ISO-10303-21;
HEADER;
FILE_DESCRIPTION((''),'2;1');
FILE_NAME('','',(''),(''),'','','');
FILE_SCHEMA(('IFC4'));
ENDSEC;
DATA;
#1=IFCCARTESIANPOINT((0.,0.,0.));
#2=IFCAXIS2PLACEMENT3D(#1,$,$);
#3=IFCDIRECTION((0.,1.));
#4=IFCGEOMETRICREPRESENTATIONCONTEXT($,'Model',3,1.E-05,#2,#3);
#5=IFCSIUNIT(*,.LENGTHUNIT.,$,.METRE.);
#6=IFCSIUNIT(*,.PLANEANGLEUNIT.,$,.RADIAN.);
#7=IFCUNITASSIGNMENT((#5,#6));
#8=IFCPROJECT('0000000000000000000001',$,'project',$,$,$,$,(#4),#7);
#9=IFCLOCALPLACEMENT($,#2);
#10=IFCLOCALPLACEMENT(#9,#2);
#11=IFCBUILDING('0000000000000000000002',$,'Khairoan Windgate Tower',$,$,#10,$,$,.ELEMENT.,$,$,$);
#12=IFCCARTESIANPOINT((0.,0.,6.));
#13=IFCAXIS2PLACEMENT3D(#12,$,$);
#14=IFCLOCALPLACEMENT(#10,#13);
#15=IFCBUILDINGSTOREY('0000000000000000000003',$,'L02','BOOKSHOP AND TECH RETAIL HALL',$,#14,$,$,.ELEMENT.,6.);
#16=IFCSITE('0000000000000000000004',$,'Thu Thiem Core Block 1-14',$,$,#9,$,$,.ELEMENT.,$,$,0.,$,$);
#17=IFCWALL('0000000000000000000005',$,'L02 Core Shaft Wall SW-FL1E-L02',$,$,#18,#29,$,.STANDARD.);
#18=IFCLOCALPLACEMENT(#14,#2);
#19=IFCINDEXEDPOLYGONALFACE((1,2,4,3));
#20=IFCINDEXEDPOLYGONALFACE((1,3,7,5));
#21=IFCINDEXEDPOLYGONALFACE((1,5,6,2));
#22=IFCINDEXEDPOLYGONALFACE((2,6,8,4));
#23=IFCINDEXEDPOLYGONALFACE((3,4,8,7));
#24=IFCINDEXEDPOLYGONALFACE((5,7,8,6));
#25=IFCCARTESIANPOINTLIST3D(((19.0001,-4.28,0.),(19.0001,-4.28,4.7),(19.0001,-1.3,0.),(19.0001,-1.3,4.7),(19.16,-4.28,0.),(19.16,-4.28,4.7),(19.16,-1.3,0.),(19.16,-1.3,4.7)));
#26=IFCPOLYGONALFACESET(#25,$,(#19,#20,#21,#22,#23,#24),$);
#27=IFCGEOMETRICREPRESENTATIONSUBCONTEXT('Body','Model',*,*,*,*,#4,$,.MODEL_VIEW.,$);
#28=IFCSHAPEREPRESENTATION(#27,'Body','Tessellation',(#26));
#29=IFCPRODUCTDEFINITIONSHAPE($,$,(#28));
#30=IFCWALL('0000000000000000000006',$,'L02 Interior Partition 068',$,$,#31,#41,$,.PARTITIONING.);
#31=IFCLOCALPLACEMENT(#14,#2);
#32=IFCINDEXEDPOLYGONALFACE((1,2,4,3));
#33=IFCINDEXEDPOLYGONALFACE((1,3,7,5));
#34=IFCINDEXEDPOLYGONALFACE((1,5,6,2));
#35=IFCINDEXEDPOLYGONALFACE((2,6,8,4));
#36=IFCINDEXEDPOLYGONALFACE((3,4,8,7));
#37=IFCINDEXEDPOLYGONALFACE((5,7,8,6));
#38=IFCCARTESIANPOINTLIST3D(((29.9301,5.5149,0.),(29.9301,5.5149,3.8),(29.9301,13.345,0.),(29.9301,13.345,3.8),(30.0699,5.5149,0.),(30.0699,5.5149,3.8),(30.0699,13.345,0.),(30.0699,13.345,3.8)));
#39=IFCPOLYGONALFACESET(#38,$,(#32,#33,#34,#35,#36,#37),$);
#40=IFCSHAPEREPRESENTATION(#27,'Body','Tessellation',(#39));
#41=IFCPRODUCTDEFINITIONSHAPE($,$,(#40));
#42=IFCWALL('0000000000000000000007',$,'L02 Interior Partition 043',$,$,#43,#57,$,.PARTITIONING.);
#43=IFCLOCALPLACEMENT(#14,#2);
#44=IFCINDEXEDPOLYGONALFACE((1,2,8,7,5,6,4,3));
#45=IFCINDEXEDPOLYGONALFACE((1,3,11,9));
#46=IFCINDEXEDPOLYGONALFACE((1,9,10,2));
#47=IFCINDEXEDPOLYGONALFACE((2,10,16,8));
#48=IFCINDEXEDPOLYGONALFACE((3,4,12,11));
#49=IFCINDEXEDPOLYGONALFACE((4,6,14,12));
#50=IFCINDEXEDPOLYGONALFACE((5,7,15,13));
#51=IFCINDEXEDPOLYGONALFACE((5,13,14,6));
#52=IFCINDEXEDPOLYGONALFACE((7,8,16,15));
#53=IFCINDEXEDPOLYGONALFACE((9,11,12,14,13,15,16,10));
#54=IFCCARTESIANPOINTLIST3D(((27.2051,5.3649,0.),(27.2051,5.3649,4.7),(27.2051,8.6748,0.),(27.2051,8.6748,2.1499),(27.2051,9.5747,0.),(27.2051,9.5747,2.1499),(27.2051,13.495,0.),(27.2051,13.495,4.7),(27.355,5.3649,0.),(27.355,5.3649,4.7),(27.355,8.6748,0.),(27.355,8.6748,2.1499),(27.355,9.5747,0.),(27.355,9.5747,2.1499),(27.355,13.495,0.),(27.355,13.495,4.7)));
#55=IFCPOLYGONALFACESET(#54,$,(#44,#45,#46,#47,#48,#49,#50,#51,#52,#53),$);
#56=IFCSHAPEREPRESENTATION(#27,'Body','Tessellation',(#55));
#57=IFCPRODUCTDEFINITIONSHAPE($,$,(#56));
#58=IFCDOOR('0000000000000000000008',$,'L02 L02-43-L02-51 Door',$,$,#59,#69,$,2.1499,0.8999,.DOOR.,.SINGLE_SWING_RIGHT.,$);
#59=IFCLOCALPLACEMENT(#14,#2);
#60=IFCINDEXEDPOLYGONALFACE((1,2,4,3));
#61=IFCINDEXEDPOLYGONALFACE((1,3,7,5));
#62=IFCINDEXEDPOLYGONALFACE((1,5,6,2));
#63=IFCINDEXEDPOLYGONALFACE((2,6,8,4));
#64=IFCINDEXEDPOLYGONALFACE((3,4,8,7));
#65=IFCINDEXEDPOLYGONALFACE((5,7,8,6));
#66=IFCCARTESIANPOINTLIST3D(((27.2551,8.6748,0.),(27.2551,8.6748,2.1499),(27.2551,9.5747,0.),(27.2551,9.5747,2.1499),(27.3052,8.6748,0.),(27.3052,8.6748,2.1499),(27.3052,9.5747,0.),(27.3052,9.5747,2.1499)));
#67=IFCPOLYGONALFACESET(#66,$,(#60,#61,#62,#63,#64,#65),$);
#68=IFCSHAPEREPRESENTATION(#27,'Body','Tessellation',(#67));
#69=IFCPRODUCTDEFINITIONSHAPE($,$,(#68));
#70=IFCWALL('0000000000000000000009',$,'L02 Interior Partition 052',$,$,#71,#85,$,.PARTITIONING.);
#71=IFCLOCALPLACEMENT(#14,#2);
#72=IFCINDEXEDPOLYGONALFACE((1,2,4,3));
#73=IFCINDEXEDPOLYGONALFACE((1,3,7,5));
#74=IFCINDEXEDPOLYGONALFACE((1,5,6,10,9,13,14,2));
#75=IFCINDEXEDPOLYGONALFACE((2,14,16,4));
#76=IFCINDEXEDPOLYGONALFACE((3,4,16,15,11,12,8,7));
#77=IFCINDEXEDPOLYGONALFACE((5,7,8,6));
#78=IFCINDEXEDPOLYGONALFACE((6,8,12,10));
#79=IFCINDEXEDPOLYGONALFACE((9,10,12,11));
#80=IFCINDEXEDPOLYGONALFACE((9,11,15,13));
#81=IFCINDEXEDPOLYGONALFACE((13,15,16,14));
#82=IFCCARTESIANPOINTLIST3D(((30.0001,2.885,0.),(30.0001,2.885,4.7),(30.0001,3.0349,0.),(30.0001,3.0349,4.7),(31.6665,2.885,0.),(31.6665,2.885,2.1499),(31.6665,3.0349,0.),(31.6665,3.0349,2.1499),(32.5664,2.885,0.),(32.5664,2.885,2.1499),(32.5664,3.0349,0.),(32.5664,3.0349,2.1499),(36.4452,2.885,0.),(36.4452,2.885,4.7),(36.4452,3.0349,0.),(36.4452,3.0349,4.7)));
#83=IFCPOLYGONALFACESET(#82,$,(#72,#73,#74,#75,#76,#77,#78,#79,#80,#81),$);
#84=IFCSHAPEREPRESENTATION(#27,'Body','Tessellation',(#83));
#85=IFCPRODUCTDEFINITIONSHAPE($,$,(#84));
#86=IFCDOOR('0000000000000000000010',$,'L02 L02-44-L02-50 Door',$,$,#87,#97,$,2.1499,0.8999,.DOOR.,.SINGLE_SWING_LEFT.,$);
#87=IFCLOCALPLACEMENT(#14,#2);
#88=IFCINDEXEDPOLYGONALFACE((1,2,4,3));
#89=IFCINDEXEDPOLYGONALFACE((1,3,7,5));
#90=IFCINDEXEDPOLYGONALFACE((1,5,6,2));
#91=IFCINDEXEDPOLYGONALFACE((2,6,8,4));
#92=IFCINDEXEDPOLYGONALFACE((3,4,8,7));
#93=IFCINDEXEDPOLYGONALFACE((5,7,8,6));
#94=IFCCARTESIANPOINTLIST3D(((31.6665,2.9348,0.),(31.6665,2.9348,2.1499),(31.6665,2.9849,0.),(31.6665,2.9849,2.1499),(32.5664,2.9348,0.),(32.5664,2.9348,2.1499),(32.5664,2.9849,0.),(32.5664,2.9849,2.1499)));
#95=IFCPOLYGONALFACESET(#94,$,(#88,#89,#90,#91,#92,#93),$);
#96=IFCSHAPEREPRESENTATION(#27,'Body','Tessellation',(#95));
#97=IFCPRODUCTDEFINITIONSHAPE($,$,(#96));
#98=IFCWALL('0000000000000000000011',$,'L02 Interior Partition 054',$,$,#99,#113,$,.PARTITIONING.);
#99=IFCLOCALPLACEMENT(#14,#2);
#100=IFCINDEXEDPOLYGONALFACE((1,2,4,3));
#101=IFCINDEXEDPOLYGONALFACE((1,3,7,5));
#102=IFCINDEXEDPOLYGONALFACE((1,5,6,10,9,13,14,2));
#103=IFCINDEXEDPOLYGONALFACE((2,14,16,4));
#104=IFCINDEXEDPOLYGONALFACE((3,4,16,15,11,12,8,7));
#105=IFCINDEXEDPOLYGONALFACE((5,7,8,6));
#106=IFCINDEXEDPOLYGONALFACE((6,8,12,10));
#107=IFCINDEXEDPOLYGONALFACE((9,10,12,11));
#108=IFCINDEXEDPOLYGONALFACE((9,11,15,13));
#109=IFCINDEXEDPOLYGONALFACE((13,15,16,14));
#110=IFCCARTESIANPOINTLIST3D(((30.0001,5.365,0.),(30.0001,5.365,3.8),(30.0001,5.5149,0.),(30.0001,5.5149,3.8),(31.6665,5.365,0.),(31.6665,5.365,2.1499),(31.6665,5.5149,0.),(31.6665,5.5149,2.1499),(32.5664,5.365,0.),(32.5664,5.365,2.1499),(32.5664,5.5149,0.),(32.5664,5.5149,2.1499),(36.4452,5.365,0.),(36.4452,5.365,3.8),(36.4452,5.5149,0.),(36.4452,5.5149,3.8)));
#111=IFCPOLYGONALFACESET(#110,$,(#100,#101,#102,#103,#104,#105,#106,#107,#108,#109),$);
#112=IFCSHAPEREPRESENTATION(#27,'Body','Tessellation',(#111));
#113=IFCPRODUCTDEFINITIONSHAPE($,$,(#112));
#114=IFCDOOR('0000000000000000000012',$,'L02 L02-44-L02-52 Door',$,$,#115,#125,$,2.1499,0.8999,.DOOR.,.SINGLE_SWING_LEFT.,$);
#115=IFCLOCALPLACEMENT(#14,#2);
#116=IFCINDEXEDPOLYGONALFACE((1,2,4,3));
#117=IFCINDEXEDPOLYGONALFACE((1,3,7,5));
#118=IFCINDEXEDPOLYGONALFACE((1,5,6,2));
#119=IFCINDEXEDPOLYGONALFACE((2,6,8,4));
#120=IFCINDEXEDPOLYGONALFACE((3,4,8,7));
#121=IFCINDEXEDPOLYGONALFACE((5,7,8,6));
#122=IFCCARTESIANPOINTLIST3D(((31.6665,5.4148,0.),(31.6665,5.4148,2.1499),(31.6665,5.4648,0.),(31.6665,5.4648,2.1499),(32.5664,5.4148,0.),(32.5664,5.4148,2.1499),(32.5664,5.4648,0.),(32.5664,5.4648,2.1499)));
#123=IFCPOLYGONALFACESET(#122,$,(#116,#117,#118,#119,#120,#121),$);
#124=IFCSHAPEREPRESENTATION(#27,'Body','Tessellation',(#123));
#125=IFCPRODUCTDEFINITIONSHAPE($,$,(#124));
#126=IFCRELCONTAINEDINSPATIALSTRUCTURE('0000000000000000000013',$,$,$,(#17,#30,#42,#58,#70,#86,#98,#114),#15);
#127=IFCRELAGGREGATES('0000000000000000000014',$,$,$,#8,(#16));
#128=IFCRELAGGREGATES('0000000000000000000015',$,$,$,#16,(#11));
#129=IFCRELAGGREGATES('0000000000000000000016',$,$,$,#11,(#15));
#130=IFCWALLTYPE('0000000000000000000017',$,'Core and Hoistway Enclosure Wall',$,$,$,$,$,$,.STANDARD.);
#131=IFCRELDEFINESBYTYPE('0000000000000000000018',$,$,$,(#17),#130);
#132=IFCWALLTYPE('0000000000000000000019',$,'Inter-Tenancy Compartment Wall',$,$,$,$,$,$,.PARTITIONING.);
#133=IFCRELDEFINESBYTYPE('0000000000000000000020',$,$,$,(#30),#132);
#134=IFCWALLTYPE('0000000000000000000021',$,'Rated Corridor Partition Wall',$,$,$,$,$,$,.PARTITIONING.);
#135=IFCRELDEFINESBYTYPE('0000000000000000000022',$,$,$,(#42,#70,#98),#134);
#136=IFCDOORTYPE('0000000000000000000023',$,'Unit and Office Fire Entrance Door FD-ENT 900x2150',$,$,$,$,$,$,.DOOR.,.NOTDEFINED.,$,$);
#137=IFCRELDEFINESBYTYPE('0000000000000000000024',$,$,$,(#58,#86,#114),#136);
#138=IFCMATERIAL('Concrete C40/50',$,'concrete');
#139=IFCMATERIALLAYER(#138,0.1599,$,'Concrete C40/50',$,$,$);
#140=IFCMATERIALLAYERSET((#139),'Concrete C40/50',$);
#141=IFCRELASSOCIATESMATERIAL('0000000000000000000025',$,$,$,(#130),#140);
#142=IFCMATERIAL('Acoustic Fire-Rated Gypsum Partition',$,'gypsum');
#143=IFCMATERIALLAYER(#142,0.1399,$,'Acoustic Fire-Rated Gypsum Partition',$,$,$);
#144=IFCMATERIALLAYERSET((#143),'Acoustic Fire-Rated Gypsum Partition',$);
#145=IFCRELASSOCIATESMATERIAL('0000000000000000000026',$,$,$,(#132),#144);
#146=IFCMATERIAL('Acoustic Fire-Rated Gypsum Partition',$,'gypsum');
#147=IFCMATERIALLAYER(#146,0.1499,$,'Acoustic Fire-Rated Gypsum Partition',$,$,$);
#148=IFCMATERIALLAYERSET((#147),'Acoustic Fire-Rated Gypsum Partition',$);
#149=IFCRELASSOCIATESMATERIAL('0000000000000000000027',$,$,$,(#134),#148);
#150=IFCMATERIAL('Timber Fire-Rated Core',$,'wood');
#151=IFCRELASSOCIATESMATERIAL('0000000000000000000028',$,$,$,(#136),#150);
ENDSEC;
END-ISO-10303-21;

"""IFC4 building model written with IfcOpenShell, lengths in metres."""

from ifc_helpers import new_model, si_unit, direction, frame, frame_2d, origin, place, context, subcontext, project, spatial, rectangle, extrude, material, layer, layer_set, type_object, element, fill, save


model = new_model("IFC4")

# Units and contexts
model_context = context("Model", 3, precision=1e-05, world=origin(), true_north=direction((0.0, 1.0)))
body_context = subcontext(model_context, "Body", "Model", "MODEL_VIEW")
ifc_project = project(units=[si_unit("LENGTHUNIT", "METRE"), si_unit("PLANEANGLEUNIT", "RADIAN")], contexts=[model_context])

# Site, building, storey
site_placement = place(None, origin())
site = spatial("IfcSite", under=ifc_project, at=site_placement, Name="Thu Thiem Core Block 1-14", CompositionType="ELEMENT", RefElevation=0.0)
building_placement = place(site_placement, origin())
building = spatial("IfcBuilding", under=site, at=building_placement, Name="Khairoan Windgate Tower", CompositionType="ELEMENT")
storey_placement = place(building_placement, frame((0.0, 0.0, 6.0)))
storey = spatial("IfcBuildingStorey", under=building, at=storey_placement, Name="L02", Description="BOOKSHOP AND TECH RETAIL HALL", CompositionType="ELEMENT", Elevation=6.0)

# Walls
ifc_material_1 = material(Name="Concrete C40/50", Category="concrete")
ifc_layer_1 = layer(ifc_material_1, 0.1599, Name="Concrete C40/50")
ifc_layer_set_1 = layer_set([ifc_layer_1], Name="Concrete C40/50")
wall_type_1 = type_object("IfcWallType", Name="Core and Hoistway Enclosure Wall", PredefinedType="STANDARD", material=ifc_layer_set_1)
wall_1_placement = place(storey_placement, frame((19.0801, -4.28, 0.0), z_axis=(0.0, 0.0, 1.0), x_axis=(0.0, 1.0, 0.0)))
element("IfcWall", 1, at=wall_1_placement, inside=storey, type_object=wall_type_1, Name="L02 Core Shaft Wall SW-FL1E-L02", PredefinedType="STANDARD", context=body_context, shape_type="SweptSolid", body=[
    extrude(rectangle(XDim=2.98, YDim=0.1599, at=frame_2d((1.49, 0.0))), origin(), (0.0, 0.0, 1.0), 4.7),
])
ifc_material_2 = material(Name="Acoustic Fire-Rated Gypsum Partition", Category="gypsum")
ifc_layer_2 = layer(ifc_material_2, 0.1399, Name="Acoustic Fire-Rated Gypsum Partition")
ifc_layer_set_2 = layer_set([ifc_layer_2], Name="Acoustic Fire-Rated Gypsum Partition")
wall_type_2 = type_object("IfcWallType", Name="Inter-Tenancy Compartment Wall", PredefinedType="PARTITIONING", material=ifc_layer_set_2)
wall_2_placement = place(storey_placement, frame((30.0, 5.5149, 0.0), z_axis=(0.0, 0.0, 1.0), x_axis=(0.0, 1.0, 0.0)))
element("IfcWall", 2, at=wall_2_placement, inside=storey, type_object=wall_type_2, Name="L02 Interior Partition 068", PredefinedType="PARTITIONING", context=body_context, shape_type="SweptSolid", body=[
    extrude(rectangle(XDim=7.8301, YDim=0.1399, at=frame_2d((3.915, 0.0))), origin(), (0.0, 0.0, 1.0), 3.8),
])

# Walls, openings, doors
ifc_material_3 = material(Name="Acoustic Fire-Rated Gypsum Partition", Category="gypsum")
ifc_layer_3 = layer(ifc_material_3, 0.1499, Name="Acoustic Fire-Rated Gypsum Partition")
ifc_layer_set_3 = layer_set([ifc_layer_3], Name="Acoustic Fire-Rated Gypsum Partition")
wall_type_3 = type_object("IfcWallType", Name="Rated Corridor Partition Wall", PredefinedType="PARTITIONING", material=ifc_layer_set_3)
wall_3_placement = place(storey_placement, frame((27.28, 5.365, 0.0), z_axis=(0.0, 0.0, 1.0), x_axis=(0.0, 1.0, 0.0)))
wall_3 = element("IfcWall", 3, at=wall_3_placement, inside=storey, type_object=wall_type_3, Name="L02 Interior Partition 043", PredefinedType="PARTITIONING", context=body_context, shape_type="SweptSolid", body=[
    extrude(rectangle(XDim=8.1301, YDim=0.1499, at=frame_2d((4.0649, 0.0))), origin(), (0.0, 0.0, 1.0), 4.7),
])
opening_1_placement = place(wall_3_placement, frame((3.3098, 0.0, 0.0)))
opening_1 = element("IfcOpeningElement", 4, at=opening_1_placement, cuts=wall_3, PredefinedType="OPENING", context=body_context, shape_type="SweptSolid", body=[
    extrude(rectangle(XDim=0.8999, YDim=2.1499, at=frame_2d((0.45, 1.075))), frame((0.0, 0.085, 0.0), z_axis=(0.0, -1.0, 0.0), x_axis=(1.0, 0.0, 0.0)), (0.0, 0.0, 1.0), 0.1699),
])
ifc_material_4 = material(Name="Timber Fire-Rated Core", Category="wood")
door_type = type_object("IfcDoorType", Name="Unit and Office Fire Entrance Door FD-ENT 900x2150", OperationType="NOTDEFINED", PredefinedType="DOOR", material=ifc_material_4)
door_1_placement = place(opening_1_placement, origin())
door_1 = element("IfcDoor", 5, at=door_1_placement, inside=storey, type_object=door_type, Name="L02 L02-43-L02-51 Door", OperationType="SINGLE_SWING_RIGHT", OverallHeight=2.1499, OverallWidth=0.8999, PredefinedType="DOOR", context=body_context, shape_type="SweptSolid", body=[
    extrude(rectangle(XDim=0.8999, YDim=2.1499, at=frame_2d((0.45, 1.075))), frame((0.0, 0.0249, 0.0), z_axis=(0.0, -1.0, 0.0), x_axis=(1.0, 0.0, 0.0)), (0.0, 0.0, 1.0), 0.05),
])
fill(opening_1, door_1)
wall_4_placement = place(storey_placement, frame((30.0, 2.96, 0.0), z_axis=(0.0, 0.0, 1.0), x_axis=(1.0, 0.0, 0.0)))
wall_4 = element("IfcWall", 6, at=wall_4_placement, inside=storey, type_object=wall_type_3, Name="L02 Interior Partition 052", PredefinedType="PARTITIONING", context=body_context, shape_type="SweptSolid", body=[
    extrude(rectangle(XDim=6.4451, YDim=0.1499, at=frame_2d((3.2227, 0.0))), origin(), (0.0, 0.0, 1.0), 4.7),
])
opening_2_placement = place(wall_4_placement, frame((1.6665, 0.0, 0.0)))
opening_2 = element("IfcOpeningElement", 7, at=opening_2_placement, cuts=wall_4, PredefinedType="OPENING", context=body_context, shape_type="SweptSolid", body=[
    extrude(rectangle(XDim=0.8999, YDim=2.1499, at=frame_2d((0.45, 1.075))), frame((0.0, 0.085, 0.0), z_axis=(0.0, -1.0, 0.0), x_axis=(1.0, 0.0, 0.0)), (0.0, 0.0, 1.0), 0.1699),
])
door_2_placement = place(opening_2_placement, origin())
door_2 = element("IfcDoor", 8, at=door_2_placement, inside=storey, type_object=door_type, Name="L02 L02-44-L02-50 Door", OperationType="SINGLE_SWING_LEFT", OverallHeight=2.1499, OverallWidth=0.8999, PredefinedType="DOOR", context=body_context, shape_type="SweptSolid", body=[
    extrude(rectangle(XDim=0.8999, YDim=2.1499, at=frame_2d((0.45, 1.075))), frame((0.0, 0.0249, 0.0), z_axis=(0.0, -1.0, 0.0), x_axis=(1.0, 0.0, 0.0)), (0.0, 0.0, 1.0), 0.05),
])
fill(opening_2, door_2)
wall_5_placement = place(storey_placement, frame((30.0, 5.4399, 0.0), z_axis=(0.0, 0.0, 1.0), x_axis=(1.0, 0.0, 0.0)))
wall_5 = element("IfcWall", 9, at=wall_5_placement, inside=storey, type_object=wall_type_3, Name="L02 Interior Partition 054", PredefinedType="PARTITIONING", context=body_context, shape_type="SweptSolid", body=[
    extrude(rectangle(XDim=6.4451, YDim=0.1499, at=frame_2d((3.2227, 0.0))), origin(), (0.0, 0.0, 1.0), 3.8),
])
opening_3_placement = place(wall_5_placement, frame((1.6665, 0.0, 0.0)))
opening_3 = element("IfcOpeningElement", 10, at=opening_3_placement, cuts=wall_5, PredefinedType="OPENING", context=body_context, shape_type="SweptSolid", body=[
    extrude(rectangle(XDim=0.8999, YDim=2.1499, at=frame_2d((0.45, 1.075))), frame((0.0, 0.085, 0.0), z_axis=(0.0, -1.0, 0.0), x_axis=(1.0, 0.0, 0.0)), (0.0, 0.0, 1.0), 0.1699),
])
door_3_placement = place(opening_3_placement, origin())
door_3 = element("IfcDoor", 11, at=door_3_placement, inside=storey, type_object=door_type, Name="L02 L02-44-L02-52 Door", OperationType="SINGLE_SWING_LEFT", OverallHeight=2.1499, OverallWidth=0.8999, PredefinedType="DOOR", context=body_context, shape_type="SweptSolid", body=[
    extrude(rectangle(XDim=0.8999, YDim=2.1499, at=frame_2d((0.45, 1.075))), frame((0.0, 0.0249, 0.0), z_axis=(0.0, -1.0, 0.0), x_axis=(1.0, 0.0, 0.0)), (0.0, 0.0, 1.0), 0.05),
])
fill(opening_3, door_3)

save(model, "model.ifc")
